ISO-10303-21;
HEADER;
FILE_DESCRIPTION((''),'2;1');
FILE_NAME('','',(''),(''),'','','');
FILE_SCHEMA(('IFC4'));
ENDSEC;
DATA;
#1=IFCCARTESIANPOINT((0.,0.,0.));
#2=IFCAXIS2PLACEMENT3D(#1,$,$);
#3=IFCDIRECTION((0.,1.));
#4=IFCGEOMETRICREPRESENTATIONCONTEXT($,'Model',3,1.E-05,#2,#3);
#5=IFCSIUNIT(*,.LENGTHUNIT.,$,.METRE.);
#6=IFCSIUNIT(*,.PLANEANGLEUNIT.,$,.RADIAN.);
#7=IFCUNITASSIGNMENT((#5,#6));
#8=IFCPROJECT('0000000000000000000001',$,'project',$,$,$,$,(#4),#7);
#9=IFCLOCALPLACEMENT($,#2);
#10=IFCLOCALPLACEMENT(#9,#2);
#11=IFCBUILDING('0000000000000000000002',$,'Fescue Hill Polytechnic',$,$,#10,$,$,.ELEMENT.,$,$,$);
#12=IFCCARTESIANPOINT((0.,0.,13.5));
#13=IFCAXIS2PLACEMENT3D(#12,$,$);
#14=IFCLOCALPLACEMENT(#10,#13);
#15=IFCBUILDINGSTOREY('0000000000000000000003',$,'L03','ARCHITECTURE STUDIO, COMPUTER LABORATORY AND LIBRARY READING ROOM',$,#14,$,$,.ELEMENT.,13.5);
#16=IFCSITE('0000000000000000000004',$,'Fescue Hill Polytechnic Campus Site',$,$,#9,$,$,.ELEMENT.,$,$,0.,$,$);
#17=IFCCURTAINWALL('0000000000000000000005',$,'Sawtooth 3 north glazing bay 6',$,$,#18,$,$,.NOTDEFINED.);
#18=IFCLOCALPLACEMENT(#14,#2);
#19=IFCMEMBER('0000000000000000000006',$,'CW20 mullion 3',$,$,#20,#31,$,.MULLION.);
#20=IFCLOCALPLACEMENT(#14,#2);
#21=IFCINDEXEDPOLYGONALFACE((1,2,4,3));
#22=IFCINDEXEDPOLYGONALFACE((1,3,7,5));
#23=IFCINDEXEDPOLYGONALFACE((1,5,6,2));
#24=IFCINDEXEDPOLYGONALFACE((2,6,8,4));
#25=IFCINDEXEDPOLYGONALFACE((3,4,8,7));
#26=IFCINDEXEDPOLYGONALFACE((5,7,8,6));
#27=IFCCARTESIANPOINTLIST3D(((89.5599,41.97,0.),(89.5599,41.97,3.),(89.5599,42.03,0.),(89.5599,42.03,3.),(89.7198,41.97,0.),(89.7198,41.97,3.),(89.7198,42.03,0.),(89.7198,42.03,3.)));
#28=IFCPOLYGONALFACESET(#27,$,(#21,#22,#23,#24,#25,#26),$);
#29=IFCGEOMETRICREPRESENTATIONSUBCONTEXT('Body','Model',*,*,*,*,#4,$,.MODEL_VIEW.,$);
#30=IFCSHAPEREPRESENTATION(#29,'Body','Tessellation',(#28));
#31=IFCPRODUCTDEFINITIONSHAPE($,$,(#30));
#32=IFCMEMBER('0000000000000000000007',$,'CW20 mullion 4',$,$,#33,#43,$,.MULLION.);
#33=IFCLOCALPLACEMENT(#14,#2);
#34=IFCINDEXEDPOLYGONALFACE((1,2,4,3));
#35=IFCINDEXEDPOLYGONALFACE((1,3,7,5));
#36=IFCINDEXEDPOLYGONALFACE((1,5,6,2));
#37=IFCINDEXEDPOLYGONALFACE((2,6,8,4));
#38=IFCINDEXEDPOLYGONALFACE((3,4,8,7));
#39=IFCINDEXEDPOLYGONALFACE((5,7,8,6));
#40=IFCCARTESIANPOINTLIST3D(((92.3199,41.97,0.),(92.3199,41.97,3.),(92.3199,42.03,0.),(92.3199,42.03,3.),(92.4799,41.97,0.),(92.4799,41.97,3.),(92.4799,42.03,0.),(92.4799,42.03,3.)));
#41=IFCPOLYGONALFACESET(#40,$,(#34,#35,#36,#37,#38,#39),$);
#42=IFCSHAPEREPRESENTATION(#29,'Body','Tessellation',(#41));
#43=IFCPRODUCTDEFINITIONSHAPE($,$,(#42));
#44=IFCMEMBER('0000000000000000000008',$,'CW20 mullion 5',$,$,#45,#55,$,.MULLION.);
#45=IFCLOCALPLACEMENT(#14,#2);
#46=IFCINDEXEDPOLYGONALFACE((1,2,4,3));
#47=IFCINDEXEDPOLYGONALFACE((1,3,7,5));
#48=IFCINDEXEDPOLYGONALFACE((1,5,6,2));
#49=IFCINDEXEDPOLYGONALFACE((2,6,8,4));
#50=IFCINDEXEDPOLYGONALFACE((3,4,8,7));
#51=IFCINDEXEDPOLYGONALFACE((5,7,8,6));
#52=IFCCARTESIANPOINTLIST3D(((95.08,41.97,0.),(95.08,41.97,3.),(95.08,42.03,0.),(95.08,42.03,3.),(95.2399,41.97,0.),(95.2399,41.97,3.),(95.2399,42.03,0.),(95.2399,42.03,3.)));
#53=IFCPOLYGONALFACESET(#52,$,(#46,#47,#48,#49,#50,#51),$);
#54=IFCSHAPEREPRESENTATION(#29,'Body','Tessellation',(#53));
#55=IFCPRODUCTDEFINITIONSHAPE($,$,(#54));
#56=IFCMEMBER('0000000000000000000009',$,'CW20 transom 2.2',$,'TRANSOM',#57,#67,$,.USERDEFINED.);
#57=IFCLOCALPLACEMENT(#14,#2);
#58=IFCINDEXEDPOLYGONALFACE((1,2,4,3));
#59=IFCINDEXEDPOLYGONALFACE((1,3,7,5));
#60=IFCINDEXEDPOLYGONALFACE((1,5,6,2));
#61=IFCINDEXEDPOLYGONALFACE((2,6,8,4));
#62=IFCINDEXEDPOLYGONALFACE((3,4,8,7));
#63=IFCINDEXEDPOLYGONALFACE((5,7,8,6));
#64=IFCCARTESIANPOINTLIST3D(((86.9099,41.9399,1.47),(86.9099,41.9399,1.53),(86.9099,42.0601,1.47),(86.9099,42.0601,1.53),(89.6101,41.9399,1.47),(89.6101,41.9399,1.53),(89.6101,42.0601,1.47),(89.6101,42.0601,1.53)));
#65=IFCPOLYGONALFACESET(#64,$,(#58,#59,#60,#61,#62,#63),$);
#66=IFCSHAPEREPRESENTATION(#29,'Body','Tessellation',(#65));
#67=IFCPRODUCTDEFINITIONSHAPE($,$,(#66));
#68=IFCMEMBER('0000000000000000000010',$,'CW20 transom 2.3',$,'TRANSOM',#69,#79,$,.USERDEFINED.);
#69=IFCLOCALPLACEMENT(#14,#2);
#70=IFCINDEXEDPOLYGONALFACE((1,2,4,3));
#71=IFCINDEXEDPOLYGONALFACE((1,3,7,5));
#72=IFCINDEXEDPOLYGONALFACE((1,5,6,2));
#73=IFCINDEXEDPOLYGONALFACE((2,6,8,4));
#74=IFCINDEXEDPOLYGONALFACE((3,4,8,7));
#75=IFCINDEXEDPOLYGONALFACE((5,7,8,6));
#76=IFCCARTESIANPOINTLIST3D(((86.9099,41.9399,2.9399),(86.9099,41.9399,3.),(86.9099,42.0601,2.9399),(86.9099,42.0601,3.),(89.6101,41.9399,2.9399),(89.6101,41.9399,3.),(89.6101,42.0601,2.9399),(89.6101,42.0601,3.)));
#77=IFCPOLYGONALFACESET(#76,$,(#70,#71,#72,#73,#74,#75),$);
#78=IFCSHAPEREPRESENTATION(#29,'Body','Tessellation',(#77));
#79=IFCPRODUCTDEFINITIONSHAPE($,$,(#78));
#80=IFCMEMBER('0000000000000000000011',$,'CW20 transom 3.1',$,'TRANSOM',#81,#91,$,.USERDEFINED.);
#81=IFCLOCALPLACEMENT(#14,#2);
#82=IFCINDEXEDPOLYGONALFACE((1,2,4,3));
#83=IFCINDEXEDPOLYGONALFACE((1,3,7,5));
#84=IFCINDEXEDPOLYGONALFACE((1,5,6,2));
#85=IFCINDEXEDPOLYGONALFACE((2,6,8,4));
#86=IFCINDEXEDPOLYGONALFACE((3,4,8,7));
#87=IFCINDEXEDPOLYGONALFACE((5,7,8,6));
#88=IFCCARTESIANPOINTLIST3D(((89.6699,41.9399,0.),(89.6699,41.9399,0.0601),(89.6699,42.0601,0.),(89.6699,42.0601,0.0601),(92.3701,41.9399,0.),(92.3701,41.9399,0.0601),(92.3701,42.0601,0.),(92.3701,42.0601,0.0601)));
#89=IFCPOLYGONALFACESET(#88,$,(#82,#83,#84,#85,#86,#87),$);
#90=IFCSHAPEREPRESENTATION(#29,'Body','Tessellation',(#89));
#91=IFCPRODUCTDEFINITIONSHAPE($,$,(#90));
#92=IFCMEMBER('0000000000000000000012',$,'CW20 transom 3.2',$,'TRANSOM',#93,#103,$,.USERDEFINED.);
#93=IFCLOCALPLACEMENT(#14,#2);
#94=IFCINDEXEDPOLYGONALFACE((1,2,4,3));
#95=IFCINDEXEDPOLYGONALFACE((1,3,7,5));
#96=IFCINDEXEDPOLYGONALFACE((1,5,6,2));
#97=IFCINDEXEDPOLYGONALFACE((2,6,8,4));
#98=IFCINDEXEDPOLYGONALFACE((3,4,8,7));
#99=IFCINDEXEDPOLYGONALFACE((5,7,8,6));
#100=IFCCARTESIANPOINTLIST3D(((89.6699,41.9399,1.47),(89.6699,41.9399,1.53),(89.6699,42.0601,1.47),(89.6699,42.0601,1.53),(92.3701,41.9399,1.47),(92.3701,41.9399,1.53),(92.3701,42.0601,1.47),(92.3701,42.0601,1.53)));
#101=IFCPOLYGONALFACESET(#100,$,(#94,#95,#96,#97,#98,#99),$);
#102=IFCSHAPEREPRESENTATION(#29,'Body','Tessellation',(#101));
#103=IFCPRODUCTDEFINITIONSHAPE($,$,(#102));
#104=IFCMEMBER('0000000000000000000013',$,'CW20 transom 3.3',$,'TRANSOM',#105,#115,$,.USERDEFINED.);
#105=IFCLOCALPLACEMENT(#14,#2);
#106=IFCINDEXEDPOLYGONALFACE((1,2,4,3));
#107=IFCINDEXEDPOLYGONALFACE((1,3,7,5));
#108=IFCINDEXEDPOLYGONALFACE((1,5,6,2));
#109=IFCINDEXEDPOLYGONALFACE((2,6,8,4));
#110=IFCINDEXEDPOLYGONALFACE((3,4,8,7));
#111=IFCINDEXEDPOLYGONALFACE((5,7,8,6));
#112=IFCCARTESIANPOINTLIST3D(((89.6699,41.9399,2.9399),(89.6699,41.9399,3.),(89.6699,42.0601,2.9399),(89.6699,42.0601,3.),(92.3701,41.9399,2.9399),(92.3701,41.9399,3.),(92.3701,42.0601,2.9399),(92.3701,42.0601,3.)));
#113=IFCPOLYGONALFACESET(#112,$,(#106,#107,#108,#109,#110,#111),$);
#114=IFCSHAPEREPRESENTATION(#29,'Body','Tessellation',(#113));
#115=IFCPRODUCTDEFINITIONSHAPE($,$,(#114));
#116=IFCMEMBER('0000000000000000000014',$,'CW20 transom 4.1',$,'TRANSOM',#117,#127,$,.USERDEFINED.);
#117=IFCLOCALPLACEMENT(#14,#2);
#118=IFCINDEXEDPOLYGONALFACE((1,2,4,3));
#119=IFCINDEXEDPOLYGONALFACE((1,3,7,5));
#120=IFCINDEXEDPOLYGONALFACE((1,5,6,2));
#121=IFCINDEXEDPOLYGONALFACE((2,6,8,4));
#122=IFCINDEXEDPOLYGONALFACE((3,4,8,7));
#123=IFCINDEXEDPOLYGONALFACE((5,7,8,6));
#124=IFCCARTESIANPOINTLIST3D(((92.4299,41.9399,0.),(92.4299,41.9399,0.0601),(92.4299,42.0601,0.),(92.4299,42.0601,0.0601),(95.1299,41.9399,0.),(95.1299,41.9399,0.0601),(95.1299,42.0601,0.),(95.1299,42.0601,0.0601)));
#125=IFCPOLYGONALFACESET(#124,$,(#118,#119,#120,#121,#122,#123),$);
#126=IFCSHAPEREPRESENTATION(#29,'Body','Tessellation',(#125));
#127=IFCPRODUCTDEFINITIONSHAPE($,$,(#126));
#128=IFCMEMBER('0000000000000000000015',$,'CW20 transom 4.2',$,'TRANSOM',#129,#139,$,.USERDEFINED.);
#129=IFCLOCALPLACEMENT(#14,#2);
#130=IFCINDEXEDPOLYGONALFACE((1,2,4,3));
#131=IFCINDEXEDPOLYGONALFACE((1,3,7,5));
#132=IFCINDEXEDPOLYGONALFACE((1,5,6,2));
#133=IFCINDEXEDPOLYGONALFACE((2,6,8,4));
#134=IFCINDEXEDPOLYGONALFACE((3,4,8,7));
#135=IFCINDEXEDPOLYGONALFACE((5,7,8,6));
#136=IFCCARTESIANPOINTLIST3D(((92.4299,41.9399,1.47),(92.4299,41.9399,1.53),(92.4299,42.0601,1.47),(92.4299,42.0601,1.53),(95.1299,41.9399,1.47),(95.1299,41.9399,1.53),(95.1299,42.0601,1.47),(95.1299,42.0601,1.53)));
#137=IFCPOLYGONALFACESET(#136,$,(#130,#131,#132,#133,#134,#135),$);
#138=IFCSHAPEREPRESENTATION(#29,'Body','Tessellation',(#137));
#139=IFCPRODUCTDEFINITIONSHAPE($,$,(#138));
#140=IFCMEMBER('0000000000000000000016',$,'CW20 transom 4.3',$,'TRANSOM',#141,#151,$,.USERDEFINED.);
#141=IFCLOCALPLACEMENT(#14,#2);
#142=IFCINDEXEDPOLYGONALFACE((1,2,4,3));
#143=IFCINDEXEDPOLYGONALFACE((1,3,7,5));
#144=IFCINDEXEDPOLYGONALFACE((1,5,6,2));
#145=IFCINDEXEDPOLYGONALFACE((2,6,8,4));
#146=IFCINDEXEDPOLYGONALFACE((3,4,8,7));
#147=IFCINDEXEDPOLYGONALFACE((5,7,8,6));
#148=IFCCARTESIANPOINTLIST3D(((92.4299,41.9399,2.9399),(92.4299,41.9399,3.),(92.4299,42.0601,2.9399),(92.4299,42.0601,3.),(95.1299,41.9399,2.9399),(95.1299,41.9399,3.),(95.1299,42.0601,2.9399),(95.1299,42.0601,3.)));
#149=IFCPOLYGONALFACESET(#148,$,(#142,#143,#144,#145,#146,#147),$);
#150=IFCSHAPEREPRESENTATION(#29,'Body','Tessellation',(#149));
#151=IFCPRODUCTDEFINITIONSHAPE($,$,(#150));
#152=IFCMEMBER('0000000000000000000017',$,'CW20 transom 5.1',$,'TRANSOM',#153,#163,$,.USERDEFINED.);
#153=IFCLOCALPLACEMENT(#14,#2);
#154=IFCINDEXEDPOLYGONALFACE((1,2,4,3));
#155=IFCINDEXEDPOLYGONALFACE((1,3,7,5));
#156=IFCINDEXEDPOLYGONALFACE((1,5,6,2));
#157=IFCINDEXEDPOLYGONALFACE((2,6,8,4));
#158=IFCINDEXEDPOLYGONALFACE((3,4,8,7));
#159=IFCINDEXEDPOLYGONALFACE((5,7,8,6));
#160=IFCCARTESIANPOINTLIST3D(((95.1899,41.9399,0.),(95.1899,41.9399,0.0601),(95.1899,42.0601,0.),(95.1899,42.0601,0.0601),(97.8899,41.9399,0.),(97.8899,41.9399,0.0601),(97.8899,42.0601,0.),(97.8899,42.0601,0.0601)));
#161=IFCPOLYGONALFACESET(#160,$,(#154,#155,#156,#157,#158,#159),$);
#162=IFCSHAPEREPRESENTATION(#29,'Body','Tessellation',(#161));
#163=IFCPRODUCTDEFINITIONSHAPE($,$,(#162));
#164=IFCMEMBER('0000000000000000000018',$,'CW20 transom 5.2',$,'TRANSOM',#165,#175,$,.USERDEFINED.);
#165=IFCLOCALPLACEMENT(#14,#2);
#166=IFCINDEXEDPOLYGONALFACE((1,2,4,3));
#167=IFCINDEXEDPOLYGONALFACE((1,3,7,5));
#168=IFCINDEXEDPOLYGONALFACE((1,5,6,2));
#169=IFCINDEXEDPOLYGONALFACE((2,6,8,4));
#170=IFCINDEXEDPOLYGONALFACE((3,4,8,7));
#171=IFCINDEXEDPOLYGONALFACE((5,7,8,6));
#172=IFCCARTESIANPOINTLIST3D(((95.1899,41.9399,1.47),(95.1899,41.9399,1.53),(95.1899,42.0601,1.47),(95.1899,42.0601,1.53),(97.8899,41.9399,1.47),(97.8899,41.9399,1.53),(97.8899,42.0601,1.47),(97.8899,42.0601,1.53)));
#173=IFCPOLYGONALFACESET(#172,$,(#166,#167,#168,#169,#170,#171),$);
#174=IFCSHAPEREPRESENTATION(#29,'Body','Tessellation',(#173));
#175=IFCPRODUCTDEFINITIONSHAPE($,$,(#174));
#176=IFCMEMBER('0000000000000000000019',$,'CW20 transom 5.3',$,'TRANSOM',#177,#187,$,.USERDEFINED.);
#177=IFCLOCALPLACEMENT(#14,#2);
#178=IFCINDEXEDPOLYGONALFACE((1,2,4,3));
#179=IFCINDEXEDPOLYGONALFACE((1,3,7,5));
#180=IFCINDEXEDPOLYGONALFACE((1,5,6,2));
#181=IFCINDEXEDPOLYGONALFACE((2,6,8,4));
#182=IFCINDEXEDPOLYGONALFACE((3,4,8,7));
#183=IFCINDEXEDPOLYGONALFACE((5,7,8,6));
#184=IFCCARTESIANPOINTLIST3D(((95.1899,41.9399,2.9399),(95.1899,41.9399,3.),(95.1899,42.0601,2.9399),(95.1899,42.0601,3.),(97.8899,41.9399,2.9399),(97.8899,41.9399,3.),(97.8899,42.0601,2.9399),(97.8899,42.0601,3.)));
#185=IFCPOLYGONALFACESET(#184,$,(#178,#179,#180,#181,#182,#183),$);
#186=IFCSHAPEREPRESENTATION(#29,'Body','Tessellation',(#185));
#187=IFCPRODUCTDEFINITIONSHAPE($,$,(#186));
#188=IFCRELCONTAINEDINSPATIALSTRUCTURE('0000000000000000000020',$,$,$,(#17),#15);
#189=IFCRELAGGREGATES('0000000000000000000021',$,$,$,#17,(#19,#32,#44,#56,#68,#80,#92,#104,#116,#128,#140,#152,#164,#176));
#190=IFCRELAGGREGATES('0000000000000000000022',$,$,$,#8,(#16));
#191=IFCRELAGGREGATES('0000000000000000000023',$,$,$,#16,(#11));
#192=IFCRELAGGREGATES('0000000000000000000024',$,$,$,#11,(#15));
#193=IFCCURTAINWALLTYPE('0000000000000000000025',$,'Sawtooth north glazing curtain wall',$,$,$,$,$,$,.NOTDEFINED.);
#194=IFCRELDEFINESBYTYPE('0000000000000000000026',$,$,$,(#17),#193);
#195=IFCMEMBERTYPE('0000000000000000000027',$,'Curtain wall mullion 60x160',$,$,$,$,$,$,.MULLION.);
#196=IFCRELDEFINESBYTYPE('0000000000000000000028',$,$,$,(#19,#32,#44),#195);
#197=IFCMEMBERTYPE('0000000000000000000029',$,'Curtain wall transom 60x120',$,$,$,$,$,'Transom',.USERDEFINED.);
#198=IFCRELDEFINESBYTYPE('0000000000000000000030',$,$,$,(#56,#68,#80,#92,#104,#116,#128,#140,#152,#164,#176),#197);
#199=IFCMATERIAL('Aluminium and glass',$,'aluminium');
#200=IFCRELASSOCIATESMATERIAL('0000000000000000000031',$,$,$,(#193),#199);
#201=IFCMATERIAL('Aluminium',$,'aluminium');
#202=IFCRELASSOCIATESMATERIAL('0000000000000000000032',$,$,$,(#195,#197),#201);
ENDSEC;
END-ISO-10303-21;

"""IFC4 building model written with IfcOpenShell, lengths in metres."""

from ifc_helpers import new_model, si_unit, direction, frame, origin, origin_2d, place, context, subcontext, project, spatial, rectangle, extrude, material, material_profile, profile_set, type_object, element, aggregate, save


model = new_model("IFC4")

# Units and contexts
model_context = context("Model", 3, precision=1e-05, world=origin(), true_north=direction((0.0, 1.0)))
body_context = subcontext(model_context, "Body", "Model", "MODEL_VIEW")
ifc_project = project(units=[si_unit("LENGTHUNIT", "METRE"), si_unit("PLANEANGLEUNIT", "RADIAN")], contexts=[model_context])

# Site, building, storey
site_placement = place(None, origin())
site = spatial("IfcSite", under=ifc_project, at=site_placement, Name="Fescue Hill Polytechnic Campus Site", CompositionType="ELEMENT", RefElevation=0.0)
building_placement = place(site_placement, origin())
building = spatial("IfcBuilding", under=site, at=building_placement, Name="Fescue Hill Polytechnic", CompositionType="ELEMENT")
storey_placement = place(building_placement, frame((0.0, 0.0, 13.5)))
storey = spatial("IfcBuildingStorey", under=building, at=storey_placement, Name="L03", Description="ARCHITECTURE STUDIO, COMPUTER LABORATORY AND LIBRARY READING ROOM", CompositionType="ELEMENT", Elevation=13.5)

# Curtain wall, members
ifc_material_1 = material(Name="Aluminium and glass", Category="aluminium")
curtain_wall_type = type_object("IfcCurtainWallType", Name="Sawtooth north glazing curtain wall", PredefinedType="NOTDEFINED", material=ifc_material_1)
curtain_wall_placement = place(storey_placement, origin())
curtain_wall = element("IfcCurtainWall", 1, at=curtain_wall_placement, inside=storey, type_object=curtain_wall_type, Name="Sawtooth 3 north glazing bay 6", PredefinedType="NOTDEFINED")
ifc_material_2 = material(Name="Aluminium", Category="aluminium")
ifc_material_profile_1 = material_profile(ifc_material_2, rectangle(XDim=0.0601, YDim=0.1599, at=origin_2d()), Name="Curtain wall mullion 60x160")
ifc_profile_set_1 = profile_set([ifc_material_profile_1], Name="Aluminium")
member_type_1 = type_object("IfcMemberType", Name="Curtain wall mullion 60x160", PredefinedType="MULLION", material=ifc_profile_set_1)
member_1_placement = place(storey_placement, frame((89.6399, 42.0, 0.0), z_axis=(0.0, 0.0, 1.0), x_axis=(0.0, 1.0, 0.0)))
member_1 = element("IfcMember", 2, at=member_1_placement, type_object=member_type_1, Name="CW20 mullion 3", PredefinedType="MULLION", context=body_context, shape_type="SweptSolid", body=[
    extrude(rectangle(XDim=0.0601, YDim=0.1599, at=origin_2d()), origin(), (0.0, 0.0, 1.0), 3.0),
])
member_2_placement = place(storey_placement, frame((92.3999, 42.0, 0.0), z_axis=(0.0, 0.0, 1.0), x_axis=(0.0, 1.0, 0.0)))
member_2 = element("IfcMember", 3, at=member_2_placement, type_object=member_type_1, Name="CW20 mullion 4", PredefinedType="MULLION", context=body_context, shape_type="SweptSolid", body=[
    extrude(rectangle(XDim=0.0601, YDim=0.1599, at=origin_2d()), origin(), (0.0, 0.0, 1.0), 3.0),
])
member_3_placement = place(storey_placement, frame((95.1599, 42.0, 0.0), z_axis=(0.0, 0.0, 1.0), x_axis=(0.0, 1.0, 0.0)))
member_3 = element("IfcMember", 4, at=member_3_placement, type_object=member_type_1, Name="CW20 mullion 5", PredefinedType="MULLION", context=body_context, shape_type="SweptSolid", body=[
    extrude(rectangle(XDim=0.0601, YDim=0.1599, at=origin_2d()), origin(), (0.0, 0.0, 1.0), 3.0),
])
ifc_material_profile_2 = material_profile(ifc_material_2, rectangle(XDim=0.1201, YDim=0.0601, at=origin_2d()), Name="Curtain wall transom 60x120")
ifc_profile_set_2 = profile_set([ifc_material_profile_2], Name="Aluminium")
member_type_2 = type_object("IfcMemberType", Name="Curtain wall transom 60x120", ElementType="Transom", PredefinedType="USERDEFINED", material=ifc_profile_set_2)
member_4_placement = place(storey_placement, frame((86.9099, 42.0, 1.5), z_axis=(1.0, 0.0, 0.0), x_axis=(0.0, 1.0, 0.0)))
member_4 = element("IfcMember", 5, at=member_4_placement, type_object=member_type_2, Name="CW20 transom 2.2", ObjectType="TRANSOM", PredefinedType="USERDEFINED", context=body_context, shape_type="SweptSolid", body=[
    extrude(rectangle(XDim=0.1201, YDim=0.0601, at=origin_2d()), origin(), (0.0, 0.0, 1.0), 2.7002),
])
member_5_placement = place(storey_placement, frame((86.9099, 42.0, 2.97), z_axis=(1.0, 0.0, 0.0), x_axis=(0.0, 1.0, 0.0)))
member_5 = element("IfcMember", 6, at=member_5_placement, type_object=member_type_2, Name="CW20 transom 2.3", ObjectType="TRANSOM", PredefinedType="USERDEFINED", context=body_context, shape_type="SweptSolid", body=[
    extrude(rectangle(XDim=0.1201, YDim=0.0601, at=origin_2d()), origin(), (0.0, 0.0, 1.0), 2.7002),
])
member_6_placement = place(storey_placement, frame((89.6699, 42.0, 0.03), z_axis=(1.0, 0.0, 0.0), x_axis=(0.0, 1.0, 0.0)))
member_6 = element("IfcMember", 7, at=member_6_placement, type_object=member_type_2, Name="CW20 transom 3.1", ObjectType="TRANSOM", PredefinedType="USERDEFINED", context=body_context, shape_type="SweptSolid", body=[
    extrude(rectangle(XDim=0.1201, YDim=0.0601, at=origin_2d()), origin(), (0.0, 0.0, 1.0), 2.7002),
])
member_7_placement = place(storey_placement, frame((89.6699, 42.0, 1.5), z_axis=(1.0, 0.0, 0.0), x_axis=(0.0, 1.0, 0.0)))
member_7 = element("IfcMember", 8, at=member_7_placement, type_object=member_type_2, Name="CW20 transom 3.2", ObjectType="TRANSOM", PredefinedType="USERDEFINED", context=body_context, shape_type="SweptSolid", body=[
    extrude(rectangle(XDim=0.1201, YDim=0.0601, at=origin_2d()), origin(), (0.0, 0.0, 1.0), 2.7002),
])
member_8_placement = place(storey_placement, frame((89.6699, 42.0, 2.97), z_axis=(1.0, 0.0, 0.0), x_axis=(0.0, 1.0, 0.0)))
member_8 = element("IfcMember", 9, at=member_8_placement, type_object=member_type_2, Name="CW20 transom 3.3", ObjectType="TRANSOM", PredefinedType="USERDEFINED", context=body_context, shape_type="SweptSolid", body=[
    extrude(rectangle(XDim=0.1201, YDim=0.0601, at=origin_2d()), origin(), (0.0, 0.0, 1.0), 2.7002),
])
member_9_placement = place(storey_placement, frame((92.4299, 42.0, 0.03), z_axis=(1.0, 0.0, 0.0), x_axis=(0.0, 1.0, 0.0)))
member_9 = element("IfcMember", 10, at=member_9_placement, type_object=member_type_2, Name="CW20 transom 4.1", ObjectType="TRANSOM", PredefinedType="USERDEFINED", context=body_context, shape_type="SweptSolid", body=[
    extrude(rectangle(XDim=0.1201, YDim=0.0601, at=origin_2d()), origin(), (0.0, 0.0, 1.0), 2.7),
])
member_10_placement = place(storey_placement, frame((92.4299, 42.0, 1.5), z_axis=(1.0, 0.0, 0.0), x_axis=(0.0, 1.0, 0.0)))
member_10 = element("IfcMember", 11, at=member_10_placement, type_object=member_type_2, Name="CW20 transom 4.2", ObjectType="TRANSOM", PredefinedType="USERDEFINED", context=body_context, shape_type="SweptSolid", body=[
    extrude(rectangle(XDim=0.1201, YDim=0.0601, at=origin_2d()), origin(), (0.0, 0.0, 1.0), 2.7),
])
member_11_placement = place(storey_placement, frame((92.4299, 42.0, 2.97), z_axis=(1.0, 0.0, 0.0), x_axis=(0.0, 1.0, 0.0)))
member_11 = element("IfcMember", 12, at=member_11_placement, type_object=member_type_2, Name="CW20 transom 4.3", ObjectType="TRANSOM", PredefinedType="USERDEFINED", context=body_context, shape_type="SweptSolid", body=[
    extrude(rectangle(XDim=0.1201, YDim=0.0601, at=origin_2d()), origin(), (0.0, 0.0, 1.0), 2.7),
])
member_12_placement = place(storey_placement, frame((95.1899, 42.0, 0.03), z_axis=(1.0, 0.0, 0.0), x_axis=(0.0, 1.0, 0.0)))
member_12 = element("IfcMember", 13, at=member_12_placement, type_object=member_type_2, Name="CW20 transom 5.1", ObjectType="TRANSOM", PredefinedType="USERDEFINED", context=body_context, shape_type="SweptSolid", body=[
    extrude(rectangle(XDim=0.1201, YDim=0.0601, at=origin_2d()), origin(), (0.0, 0.0, 1.0), 2.7),
])
member_13_placement = place(storey_placement, frame((95.1899, 42.0, 1.5), z_axis=(1.0, 0.0, 0.0), x_axis=(0.0, 1.0, 0.0)))
member_13 = element("IfcMember", 14, at=member_13_placement, type_object=member_type_2, Name="CW20 transom 5.2", ObjectType="TRANSOM", PredefinedType="USERDEFINED", context=body_context, shape_type="SweptSolid", body=[
    extrude(rectangle(XDim=0.1201, YDim=0.0601, at=origin_2d()), origin(), (0.0, 0.0, 1.0), 2.7),
])
member_14_placement = place(storey_placement, frame((95.1899, 42.0, 2.97), z_axis=(1.0, 0.0, 0.0), x_axis=(0.0, 1.0, 0.0)))
member_14 = element("IfcMember", 15, at=member_14_placement, type_object=member_type_2, Name="CW20 transom 5.3", ObjectType="TRANSOM", PredefinedType="USERDEFINED", context=body_context, shape_type="SweptSolid", body=[
    extrude(rectangle(XDim=0.1201, YDim=0.0601, at=origin_2d()), origin(), (0.0, 0.0, 1.0), 2.7),
])
aggregate(curtain_wall, [member_1, member_2, member_3, member_4, member_5, member_6, member_7, member_8, member_9, member_10, member_11, member_12, member_13, member_14])

save(model, "model.ifc")
